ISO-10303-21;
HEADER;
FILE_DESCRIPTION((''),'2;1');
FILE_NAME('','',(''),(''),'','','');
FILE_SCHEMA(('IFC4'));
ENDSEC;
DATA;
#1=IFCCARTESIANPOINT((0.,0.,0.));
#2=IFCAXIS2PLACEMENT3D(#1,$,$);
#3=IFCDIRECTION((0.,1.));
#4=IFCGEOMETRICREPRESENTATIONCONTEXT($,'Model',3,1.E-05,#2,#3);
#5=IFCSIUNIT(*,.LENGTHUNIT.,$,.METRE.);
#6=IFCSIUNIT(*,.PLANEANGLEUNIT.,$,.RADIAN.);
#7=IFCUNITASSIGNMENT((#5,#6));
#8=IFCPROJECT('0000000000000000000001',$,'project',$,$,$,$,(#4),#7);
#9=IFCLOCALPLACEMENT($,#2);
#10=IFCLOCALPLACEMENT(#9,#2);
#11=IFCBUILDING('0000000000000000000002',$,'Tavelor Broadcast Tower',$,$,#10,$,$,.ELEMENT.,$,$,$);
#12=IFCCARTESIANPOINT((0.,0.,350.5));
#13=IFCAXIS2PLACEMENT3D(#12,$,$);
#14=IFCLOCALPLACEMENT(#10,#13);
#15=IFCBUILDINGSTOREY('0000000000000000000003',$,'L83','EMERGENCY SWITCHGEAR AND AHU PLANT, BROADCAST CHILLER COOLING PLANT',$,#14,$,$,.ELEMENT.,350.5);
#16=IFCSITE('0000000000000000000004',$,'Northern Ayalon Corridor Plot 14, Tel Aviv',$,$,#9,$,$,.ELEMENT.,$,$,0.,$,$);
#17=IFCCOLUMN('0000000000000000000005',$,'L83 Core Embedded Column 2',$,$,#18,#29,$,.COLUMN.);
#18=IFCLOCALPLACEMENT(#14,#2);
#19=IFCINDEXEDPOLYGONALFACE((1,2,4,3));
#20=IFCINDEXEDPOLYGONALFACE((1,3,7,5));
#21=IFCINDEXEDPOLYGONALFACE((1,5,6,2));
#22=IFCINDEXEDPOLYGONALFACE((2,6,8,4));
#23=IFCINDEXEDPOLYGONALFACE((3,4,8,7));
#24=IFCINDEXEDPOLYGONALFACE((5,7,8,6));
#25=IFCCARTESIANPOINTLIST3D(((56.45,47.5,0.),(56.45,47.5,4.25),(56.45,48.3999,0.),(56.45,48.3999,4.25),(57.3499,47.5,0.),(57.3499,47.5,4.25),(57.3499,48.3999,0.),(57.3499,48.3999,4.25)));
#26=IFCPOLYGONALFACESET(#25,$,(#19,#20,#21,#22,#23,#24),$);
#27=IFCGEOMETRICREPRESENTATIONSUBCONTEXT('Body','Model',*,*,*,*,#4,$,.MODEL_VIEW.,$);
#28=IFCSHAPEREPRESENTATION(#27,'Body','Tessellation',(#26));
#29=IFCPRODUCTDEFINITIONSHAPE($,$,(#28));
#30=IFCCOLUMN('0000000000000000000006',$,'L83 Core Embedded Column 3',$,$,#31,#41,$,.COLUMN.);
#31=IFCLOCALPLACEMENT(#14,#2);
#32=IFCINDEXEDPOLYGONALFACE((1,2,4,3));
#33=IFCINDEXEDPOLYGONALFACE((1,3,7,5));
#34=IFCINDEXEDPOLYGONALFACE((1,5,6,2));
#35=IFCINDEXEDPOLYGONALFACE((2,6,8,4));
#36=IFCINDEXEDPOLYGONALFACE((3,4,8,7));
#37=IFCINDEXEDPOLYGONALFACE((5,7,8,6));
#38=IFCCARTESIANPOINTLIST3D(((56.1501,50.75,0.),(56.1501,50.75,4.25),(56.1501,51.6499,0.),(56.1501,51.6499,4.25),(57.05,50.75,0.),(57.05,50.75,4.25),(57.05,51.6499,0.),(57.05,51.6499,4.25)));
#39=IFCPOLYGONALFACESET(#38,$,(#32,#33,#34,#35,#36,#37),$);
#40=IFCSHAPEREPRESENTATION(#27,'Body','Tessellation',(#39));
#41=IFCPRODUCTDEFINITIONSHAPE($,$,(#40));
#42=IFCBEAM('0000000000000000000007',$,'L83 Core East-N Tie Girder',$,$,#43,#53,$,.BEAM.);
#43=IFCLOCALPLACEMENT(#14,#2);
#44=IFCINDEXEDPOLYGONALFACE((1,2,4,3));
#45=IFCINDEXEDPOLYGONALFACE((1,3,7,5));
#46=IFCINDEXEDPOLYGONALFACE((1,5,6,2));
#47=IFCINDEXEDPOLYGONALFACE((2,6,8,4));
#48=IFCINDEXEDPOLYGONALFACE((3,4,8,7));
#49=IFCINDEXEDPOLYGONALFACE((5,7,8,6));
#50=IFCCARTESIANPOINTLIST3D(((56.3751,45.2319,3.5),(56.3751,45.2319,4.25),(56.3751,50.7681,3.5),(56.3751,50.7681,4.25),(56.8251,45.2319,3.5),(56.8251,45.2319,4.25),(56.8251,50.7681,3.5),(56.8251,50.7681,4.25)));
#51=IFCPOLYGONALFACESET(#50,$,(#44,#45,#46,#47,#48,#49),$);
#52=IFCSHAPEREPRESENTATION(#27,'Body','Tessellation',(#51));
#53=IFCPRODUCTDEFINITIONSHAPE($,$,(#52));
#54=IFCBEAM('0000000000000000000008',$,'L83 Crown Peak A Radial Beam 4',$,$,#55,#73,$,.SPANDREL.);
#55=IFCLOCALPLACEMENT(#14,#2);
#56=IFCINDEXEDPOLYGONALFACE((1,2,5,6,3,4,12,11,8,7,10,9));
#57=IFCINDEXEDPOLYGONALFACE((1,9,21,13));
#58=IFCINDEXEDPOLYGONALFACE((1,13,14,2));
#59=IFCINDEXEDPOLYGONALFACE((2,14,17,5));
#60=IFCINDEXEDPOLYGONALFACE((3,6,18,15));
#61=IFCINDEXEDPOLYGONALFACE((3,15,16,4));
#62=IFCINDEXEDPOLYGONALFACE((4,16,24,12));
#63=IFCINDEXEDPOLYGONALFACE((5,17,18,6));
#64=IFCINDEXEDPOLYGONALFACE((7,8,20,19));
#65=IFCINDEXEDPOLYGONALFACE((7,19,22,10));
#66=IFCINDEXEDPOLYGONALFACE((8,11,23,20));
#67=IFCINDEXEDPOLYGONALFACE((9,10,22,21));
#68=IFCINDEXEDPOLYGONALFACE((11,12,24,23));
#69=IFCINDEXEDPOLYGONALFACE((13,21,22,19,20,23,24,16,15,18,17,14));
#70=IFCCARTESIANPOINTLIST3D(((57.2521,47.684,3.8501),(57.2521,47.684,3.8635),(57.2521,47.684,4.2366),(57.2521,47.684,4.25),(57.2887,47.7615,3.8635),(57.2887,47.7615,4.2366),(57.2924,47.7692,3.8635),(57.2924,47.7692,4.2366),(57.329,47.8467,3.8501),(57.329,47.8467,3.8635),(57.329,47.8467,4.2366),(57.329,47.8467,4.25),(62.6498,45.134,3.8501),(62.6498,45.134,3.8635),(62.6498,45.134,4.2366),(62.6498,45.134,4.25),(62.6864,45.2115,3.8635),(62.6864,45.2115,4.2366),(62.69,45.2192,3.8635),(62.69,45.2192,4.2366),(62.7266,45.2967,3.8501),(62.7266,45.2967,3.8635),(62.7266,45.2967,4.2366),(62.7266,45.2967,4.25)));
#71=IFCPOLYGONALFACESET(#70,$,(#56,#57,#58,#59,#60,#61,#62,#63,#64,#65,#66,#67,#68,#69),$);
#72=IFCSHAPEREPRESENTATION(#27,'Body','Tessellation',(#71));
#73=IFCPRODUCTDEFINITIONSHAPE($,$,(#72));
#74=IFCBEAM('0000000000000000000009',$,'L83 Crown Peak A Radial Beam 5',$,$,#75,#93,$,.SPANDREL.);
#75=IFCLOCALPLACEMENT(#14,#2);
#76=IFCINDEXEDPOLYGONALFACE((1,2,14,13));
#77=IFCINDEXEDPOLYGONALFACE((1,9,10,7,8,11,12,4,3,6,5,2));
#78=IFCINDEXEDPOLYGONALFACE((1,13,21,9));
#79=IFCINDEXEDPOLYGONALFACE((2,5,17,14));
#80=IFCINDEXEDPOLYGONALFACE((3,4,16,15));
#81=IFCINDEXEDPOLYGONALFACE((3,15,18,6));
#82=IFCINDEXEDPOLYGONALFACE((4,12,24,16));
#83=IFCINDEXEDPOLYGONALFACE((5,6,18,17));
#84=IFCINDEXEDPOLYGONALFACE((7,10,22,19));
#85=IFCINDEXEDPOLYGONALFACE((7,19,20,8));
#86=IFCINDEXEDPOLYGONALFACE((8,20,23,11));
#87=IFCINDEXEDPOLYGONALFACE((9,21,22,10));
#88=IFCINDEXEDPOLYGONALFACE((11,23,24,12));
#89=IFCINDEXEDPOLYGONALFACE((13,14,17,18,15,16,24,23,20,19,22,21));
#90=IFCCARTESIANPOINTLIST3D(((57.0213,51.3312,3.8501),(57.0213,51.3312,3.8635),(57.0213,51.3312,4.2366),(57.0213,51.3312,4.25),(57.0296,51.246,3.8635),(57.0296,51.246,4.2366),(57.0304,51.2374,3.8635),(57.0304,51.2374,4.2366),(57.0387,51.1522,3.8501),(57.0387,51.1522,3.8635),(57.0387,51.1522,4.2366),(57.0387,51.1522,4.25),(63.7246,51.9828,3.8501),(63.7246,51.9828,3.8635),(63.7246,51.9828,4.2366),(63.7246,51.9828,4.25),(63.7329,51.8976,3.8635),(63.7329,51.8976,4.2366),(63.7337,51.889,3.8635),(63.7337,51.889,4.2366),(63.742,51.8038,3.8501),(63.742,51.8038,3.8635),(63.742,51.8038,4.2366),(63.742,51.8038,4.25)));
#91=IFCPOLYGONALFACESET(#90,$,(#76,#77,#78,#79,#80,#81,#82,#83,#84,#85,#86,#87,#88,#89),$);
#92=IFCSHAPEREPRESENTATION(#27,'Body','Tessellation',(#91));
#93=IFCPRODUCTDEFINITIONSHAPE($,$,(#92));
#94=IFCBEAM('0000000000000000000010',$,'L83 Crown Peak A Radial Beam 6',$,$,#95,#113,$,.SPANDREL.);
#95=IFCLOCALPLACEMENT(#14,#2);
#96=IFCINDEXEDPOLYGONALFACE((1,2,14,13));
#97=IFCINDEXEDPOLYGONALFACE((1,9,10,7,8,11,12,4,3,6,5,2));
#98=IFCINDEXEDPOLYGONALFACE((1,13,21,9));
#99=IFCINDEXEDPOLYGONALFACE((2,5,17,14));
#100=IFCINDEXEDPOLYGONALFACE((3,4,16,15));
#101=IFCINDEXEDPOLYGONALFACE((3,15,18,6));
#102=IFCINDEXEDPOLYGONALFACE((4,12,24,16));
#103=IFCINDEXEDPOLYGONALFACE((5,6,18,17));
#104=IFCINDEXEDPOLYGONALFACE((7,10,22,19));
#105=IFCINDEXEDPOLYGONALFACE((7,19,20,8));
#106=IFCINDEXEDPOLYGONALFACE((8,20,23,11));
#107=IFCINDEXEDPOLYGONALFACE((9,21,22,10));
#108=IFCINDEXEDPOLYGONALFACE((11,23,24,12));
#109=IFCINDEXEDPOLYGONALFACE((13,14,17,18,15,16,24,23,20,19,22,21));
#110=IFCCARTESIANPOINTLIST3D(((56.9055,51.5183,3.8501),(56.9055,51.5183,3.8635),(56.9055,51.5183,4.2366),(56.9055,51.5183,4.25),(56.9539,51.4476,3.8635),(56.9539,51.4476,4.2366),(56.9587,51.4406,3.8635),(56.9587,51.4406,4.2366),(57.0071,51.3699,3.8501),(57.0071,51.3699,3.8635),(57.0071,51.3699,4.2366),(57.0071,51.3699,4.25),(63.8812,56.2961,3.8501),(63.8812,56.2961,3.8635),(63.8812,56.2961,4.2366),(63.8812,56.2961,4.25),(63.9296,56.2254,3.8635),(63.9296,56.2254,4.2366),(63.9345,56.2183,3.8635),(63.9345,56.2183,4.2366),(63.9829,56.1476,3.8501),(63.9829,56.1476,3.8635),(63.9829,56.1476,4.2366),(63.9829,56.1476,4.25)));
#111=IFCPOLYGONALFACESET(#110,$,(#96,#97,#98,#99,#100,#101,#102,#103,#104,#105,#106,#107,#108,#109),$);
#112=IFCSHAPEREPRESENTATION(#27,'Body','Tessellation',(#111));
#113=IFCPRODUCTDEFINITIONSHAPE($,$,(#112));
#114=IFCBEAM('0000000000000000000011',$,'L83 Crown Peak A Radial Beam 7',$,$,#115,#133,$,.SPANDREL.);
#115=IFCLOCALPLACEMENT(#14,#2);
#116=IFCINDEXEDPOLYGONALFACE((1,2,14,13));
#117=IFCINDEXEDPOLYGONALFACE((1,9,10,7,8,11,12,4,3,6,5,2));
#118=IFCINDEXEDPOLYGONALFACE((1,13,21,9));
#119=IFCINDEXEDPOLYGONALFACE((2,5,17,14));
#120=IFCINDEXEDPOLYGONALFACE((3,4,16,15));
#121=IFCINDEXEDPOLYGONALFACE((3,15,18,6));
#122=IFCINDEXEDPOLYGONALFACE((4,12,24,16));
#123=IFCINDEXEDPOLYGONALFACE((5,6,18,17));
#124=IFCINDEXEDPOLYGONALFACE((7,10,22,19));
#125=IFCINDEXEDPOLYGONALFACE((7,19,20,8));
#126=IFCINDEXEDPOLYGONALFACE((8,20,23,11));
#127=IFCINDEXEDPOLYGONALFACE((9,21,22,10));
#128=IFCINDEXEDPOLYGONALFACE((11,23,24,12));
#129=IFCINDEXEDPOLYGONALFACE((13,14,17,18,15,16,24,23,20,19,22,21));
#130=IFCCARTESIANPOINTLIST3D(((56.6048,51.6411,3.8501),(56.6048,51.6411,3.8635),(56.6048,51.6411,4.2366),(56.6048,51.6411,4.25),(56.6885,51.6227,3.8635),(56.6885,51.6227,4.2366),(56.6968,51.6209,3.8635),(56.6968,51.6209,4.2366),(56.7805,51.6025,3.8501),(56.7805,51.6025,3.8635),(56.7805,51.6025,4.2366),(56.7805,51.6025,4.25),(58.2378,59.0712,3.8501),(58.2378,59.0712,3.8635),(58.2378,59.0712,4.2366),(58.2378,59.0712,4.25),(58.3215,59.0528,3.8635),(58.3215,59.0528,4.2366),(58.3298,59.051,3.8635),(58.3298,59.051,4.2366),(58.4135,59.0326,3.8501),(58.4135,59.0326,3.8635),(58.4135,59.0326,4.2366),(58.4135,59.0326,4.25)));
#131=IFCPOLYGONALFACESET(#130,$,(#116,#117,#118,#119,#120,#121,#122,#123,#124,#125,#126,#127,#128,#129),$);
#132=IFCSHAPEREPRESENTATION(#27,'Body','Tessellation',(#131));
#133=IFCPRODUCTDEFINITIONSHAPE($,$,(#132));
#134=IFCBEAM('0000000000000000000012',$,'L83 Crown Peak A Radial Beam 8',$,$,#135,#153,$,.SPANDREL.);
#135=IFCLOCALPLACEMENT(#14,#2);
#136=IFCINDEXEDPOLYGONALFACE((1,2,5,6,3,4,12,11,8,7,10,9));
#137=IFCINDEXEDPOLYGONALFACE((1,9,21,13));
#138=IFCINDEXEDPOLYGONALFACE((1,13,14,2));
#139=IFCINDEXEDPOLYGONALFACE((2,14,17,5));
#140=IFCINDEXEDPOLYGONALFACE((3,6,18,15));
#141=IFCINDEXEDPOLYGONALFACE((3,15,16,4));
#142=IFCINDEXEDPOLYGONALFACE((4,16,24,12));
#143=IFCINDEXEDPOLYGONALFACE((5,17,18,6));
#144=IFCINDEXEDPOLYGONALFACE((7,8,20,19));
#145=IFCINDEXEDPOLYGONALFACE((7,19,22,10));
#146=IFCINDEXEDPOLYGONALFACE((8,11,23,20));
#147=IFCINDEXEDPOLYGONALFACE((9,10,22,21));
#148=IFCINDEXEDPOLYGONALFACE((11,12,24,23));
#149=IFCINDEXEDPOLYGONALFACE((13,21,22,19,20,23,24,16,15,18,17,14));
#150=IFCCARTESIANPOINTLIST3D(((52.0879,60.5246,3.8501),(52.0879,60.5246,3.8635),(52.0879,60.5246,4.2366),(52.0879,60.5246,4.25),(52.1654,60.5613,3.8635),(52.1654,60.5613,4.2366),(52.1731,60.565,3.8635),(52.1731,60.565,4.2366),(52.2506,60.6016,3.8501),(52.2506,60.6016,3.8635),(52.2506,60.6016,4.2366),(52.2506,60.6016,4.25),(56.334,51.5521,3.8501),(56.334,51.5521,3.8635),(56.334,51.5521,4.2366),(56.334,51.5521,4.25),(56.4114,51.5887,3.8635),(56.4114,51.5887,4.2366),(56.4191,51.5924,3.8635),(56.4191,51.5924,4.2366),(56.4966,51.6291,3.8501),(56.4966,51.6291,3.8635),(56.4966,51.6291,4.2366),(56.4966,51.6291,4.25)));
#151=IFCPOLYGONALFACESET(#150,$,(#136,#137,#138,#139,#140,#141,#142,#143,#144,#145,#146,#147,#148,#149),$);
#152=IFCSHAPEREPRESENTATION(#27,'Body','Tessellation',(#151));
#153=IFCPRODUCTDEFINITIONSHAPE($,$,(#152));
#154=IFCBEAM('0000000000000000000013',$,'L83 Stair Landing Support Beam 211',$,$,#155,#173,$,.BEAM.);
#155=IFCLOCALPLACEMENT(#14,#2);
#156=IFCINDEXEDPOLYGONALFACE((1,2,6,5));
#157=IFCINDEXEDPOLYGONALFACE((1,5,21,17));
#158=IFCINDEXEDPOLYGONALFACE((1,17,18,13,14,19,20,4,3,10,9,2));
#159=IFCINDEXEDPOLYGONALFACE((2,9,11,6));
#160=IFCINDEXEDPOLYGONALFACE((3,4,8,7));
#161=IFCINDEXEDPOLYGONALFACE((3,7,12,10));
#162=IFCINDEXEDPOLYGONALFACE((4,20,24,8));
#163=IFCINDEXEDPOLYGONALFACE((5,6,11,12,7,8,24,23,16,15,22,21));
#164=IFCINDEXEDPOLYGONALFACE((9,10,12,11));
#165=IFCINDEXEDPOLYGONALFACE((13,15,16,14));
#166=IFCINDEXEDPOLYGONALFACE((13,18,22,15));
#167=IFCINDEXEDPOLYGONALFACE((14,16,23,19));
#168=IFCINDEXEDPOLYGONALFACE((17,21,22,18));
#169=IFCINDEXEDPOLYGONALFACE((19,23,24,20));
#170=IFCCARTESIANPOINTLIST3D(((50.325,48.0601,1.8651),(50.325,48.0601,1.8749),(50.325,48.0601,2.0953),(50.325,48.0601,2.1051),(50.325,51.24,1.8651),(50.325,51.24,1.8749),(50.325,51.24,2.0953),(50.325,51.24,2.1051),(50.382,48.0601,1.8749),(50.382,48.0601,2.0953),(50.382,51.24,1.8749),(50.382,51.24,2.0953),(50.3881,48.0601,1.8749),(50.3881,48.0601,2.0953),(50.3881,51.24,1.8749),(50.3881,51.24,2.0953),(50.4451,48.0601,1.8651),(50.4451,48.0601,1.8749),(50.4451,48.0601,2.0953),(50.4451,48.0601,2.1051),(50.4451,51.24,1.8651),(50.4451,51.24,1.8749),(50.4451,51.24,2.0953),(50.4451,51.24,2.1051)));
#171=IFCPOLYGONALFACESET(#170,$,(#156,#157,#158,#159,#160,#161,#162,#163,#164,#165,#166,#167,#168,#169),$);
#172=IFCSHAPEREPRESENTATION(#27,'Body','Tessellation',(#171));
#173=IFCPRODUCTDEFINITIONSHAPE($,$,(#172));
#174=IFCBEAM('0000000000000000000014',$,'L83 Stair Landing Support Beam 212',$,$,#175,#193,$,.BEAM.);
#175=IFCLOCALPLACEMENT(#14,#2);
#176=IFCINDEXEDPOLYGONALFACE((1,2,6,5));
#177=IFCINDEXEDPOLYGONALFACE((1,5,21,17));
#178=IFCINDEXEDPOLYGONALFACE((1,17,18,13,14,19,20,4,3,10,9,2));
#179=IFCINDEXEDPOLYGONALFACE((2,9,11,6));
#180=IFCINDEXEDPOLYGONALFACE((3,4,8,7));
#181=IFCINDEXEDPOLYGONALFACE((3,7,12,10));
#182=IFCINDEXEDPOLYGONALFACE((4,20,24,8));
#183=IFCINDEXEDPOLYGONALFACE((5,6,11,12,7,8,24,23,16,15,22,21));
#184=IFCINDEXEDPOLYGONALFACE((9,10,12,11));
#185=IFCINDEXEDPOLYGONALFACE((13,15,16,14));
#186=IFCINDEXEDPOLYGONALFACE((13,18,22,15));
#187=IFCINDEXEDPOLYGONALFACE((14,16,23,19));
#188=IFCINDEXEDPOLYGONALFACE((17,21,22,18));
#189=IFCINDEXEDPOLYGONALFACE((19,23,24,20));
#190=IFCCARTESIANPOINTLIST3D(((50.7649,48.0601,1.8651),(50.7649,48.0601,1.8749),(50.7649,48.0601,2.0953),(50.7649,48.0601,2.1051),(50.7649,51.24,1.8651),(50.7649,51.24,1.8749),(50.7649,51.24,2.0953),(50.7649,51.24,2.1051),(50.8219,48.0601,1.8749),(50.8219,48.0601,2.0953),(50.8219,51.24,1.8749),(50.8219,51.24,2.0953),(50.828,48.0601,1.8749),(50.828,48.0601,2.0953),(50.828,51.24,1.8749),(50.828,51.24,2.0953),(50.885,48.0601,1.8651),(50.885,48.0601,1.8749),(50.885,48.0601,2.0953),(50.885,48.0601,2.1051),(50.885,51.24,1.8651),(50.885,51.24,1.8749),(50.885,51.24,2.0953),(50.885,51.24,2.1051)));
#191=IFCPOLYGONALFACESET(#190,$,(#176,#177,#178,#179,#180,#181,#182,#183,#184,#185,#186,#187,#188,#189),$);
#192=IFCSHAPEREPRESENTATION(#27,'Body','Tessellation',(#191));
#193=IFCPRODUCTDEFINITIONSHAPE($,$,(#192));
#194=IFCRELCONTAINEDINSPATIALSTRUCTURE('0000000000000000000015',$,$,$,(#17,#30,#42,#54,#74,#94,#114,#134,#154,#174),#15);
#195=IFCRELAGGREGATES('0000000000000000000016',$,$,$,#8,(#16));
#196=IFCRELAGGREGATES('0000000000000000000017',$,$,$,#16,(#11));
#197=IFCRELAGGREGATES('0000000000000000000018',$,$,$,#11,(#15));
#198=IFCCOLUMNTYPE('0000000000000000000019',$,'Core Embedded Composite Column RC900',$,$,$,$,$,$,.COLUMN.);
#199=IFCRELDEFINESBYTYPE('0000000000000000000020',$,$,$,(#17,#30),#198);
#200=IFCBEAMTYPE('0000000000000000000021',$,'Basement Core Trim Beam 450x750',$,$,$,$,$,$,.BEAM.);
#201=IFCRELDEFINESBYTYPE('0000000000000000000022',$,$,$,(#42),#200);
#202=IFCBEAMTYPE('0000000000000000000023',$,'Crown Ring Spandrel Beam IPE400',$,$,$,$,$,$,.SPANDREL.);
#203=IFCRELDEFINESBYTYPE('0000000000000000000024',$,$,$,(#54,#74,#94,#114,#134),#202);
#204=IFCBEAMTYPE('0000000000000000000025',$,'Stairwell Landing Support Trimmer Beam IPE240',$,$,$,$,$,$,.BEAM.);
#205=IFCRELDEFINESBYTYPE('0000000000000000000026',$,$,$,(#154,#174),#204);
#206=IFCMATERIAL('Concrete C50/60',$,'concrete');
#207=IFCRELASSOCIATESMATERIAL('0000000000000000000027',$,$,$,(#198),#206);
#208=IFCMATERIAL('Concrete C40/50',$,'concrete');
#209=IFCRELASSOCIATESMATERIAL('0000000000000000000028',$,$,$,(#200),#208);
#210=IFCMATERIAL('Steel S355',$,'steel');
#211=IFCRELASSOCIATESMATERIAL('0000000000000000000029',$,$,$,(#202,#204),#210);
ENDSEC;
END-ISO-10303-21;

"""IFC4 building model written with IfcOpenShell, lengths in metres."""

from ifc_helpers import new_model, si_unit, direction, frame, origin, origin_2d, place, context, subcontext, project, spatial, rectangle, i_section, extrude, material, material_profile, profile_set, type_object, element, save


model = new_model("IFC4")

# Units and contexts
model_context = context("Model", 3, precision=1e-05, world=origin(), true_north=direction((0.0, 1.0)))
body_context = subcontext(model_context, "Body", "Model", "MODEL_VIEW")
ifc_project = project(units=[si_unit("LENGTHUNIT", "METRE"), si_unit("PLANEANGLEUNIT", "RADIAN")], contexts=[model_context])

# Site, building, storey
site_placement = place(None, origin())
site = spatial("IfcSite", under=ifc_project, at=site_placement, Name="Northern Ayalon Corridor Plot 14, Tel Aviv", CompositionType="ELEMENT", RefElevation=0.0)
building_placement = place(site_placement, origin())
building = spatial("IfcBuilding", under=site, at=building_placement, Name="Tavelor Broadcast Tower", CompositionType="ELEMENT")
storey_placement = place(building_placement, frame((0.0, 0.0, 350.5)))
storey = spatial("IfcBuildingStorey", under=building, at=storey_placement, Name="L83", Description="EMERGENCY SWITCHGEAR AND AHU PLANT, BROADCAST CHILLER COOLING PLANT", CompositionType="ELEMENT", Elevation=350.5)

# Columns
ifc_material_1 = material(Name="Concrete C50/60", Category="concrete")
ifc_material_profile_1 = material_profile(ifc_material_1, rectangle(XDim=0.8999, YDim=0.8999, at=origin_2d()), Name="RC 900x900")
ifc_profile_set_1 = profile_set([ifc_material_profile_1], Name="Concrete C50/60")
column_type = type_object("IfcColumnType", Name="Core Embedded Composite Column RC900", PredefinedType="COLUMN", material=ifc_profile_set_1)
for number, where, z_axis, x_axis, name in (
    (1, (56.8999, 47.95, 0.0), (0.0, 0.0, 1.0), (1.0, 0.0, 0.0), "L83 Core Embedded Column 2"),
    (2, (56.6001, 51.2, 0.0), (0.0, 0.0, 1.0), (1.0, 0.0, 0.0), "L83 Core Embedded Column 3"),
):
    element("IfcColumn", number, at=place(storey_placement, frame(where, z_axis=z_axis, x_axis=x_axis)), inside=storey, type_object=column_type, Name=name, PredefinedType="COLUMN", context=body_context, shape_type="SweptSolid", body=[
        extrude(rectangle(XDim=0.8999, YDim=0.8999, at=origin_2d()), origin(), (0.0, 0.0, 1.0), 4.25),
    ])

# Beams
ifc_material_2 = material(Name="Concrete C40/50", Category="concrete")
ifc_material_profile_2 = material_profile(ifc_material_2, rectangle(XDim=0.45, YDim=0.75, at=origin_2d()), Name="RC 450x750")
ifc_profile_set_2 = profile_set([ifc_material_profile_2], Name="Concrete C40/50")
beam_type_1 = type_object("IfcBeamType", Name="Basement Core Trim Beam 450x750", PredefinedType="BEAM", material=ifc_profile_set_2)
beam_1_placement = place(storey_placement, frame((56.6001, 45.2319, 3.875), z_axis=(0.0, 1.0, 0.0), x_axis=(-1.0, 0.0, 0.0)))
element("IfcBeam", 3, at=beam_1_placement, inside=storey, type_object=beam_type_1, Name="L83 Core East-N Tie Girder", PredefinedType="BEAM", context=body_context, shape_type="SweptSolid", body=[
    extrude(rectangle(XDim=0.45, YDim=0.75, at=origin_2d()), origin(), (0.0, 0.0, 1.0), 5.5361),
])
ifc_material_3 = material(Name="Steel S355", Category="steel")
ifc_material_profile_3 = material_profile(ifc_material_3, i_section(OverallWidth=0.1799, OverallDepth=0.3999, WebThickness=0.0085, FlangeThickness=0.0134, at=origin_2d()), Name="IPE 400")
ifc_profile_set_3 = profile_set([ifc_material_profile_3], Name="Steel S355")
beam_type_2 = type_object("IfcBeamType", Name="Crown Ring Spandrel Beam IPE400", PredefinedType="SPANDREL", material=ifc_profile_set_3)
beam_2_placement = place(storey_placement, frame((57.2905, 47.7654, 4.05), z_axis=(0.904175, -0.427161, 0.0), x_axis=(0.427161, 0.904175, 0.0)))
element("IfcBeam", 4, at=beam_2_placement, inside=storey, type_object=beam_type_2, Name="L83 Crown Peak A Radial Beam 4", PredefinedType="SPANDREL", context=body_context, shape_type="SweptSolid", body=[
    extrude(i_section(OverallWidth=0.1799, OverallDepth=0.3999, WebThickness=0.0085, FlangeThickness=0.0134, at=origin_2d()), origin(), (0.0, 0.0, 1.0), 5.9697),
])
beam_3_placement = place(storey_placement, frame((57.03, 51.2417, 4.05), z_axis=(0.995309, 0.096751, 0.0), x_axis=(-0.096751, 0.995309, 0.0)))
element("IfcBeam", 5, at=beam_3_placement, inside=storey, type_object=beam_type_2, Name="L83 Crown Peak A Radial Beam 5", PredefinedType="SPANDREL", context=body_context, shape_type="SweptSolid", body=[
    extrude(i_section(OverallWidth=0.1799, OverallDepth=0.3999, WebThickness=0.0085, FlangeThickness=0.0134, at=origin_2d()), origin(), (0.0, 0.0, 1.0), 6.7349),
])
beam_4_placement = place(storey_placement, frame((56.9563, 51.4441, 4.05), z_axis=(0.825037, 0.565078, 0.0), x_axis=(-0.565078, 0.825037, 0.0)))
element("IfcBeam", 6, at=beam_4_placement, inside=storey, type_object=beam_type_2, Name="L83 Crown Peak A Radial Beam 6", PredefinedType="SPANDREL", context=body_context, shape_type="SweptSolid", body=[
    extrude(i_section(OverallWidth=0.1799, OverallDepth=0.3999, WebThickness=0.0085, FlangeThickness=0.0134, at=origin_2d()), origin(), (0.0, 0.0, 1.0), 8.4551),
])
beam_5_placement = place(storey_placement, frame((56.6926, 51.6218, 4.05), z_axis=(0.214663, 0.976688, 0.0), x_axis=(-0.976688, 0.214663, 0.0)))
element("IfcBeam", 7, at=beam_5_placement, inside=storey, type_object=beam_type_2, Name="L83 Crown Peak A Radial Beam 7", PredefinedType="SPANDREL", context=body_context, shape_type="SweptSolid", body=[
    extrude(i_section(OverallWidth=0.1799, OverallDepth=0.3999, WebThickness=0.0085, FlangeThickness=0.0134, at=origin_2d()), origin(), (0.0, 0.0, 1.0), 7.6074),
])
beam_6_placement = place(storey_placement, frame((56.4153, 51.5906, 4.05), z_axis=(-0.427748, 0.903898, 0.0), x_axis=(-0.903898, -0.427748, 0.0)))
element("IfcBeam", 8, at=beam_6_placement, inside=storey, type_object=beam_type_2, Name="L83 Crown Peak A Radial Beam 8", PredefinedType="SPANDREL", context=body_context, shape_type="SweptSolid", body=[
    extrude(i_section(OverallWidth=0.1799, OverallDepth=0.3999, WebThickness=0.0085, FlangeThickness=0.0134, at=origin_2d()), origin(), (0.0, 0.0, 1.0), 9.9265),
])
ifc_material_profile_4 = material_profile(ifc_material_3, i_section(OverallWidth=0.1201, OverallDepth=0.24, WebThickness=0.0061, FlangeThickness=0.0098, at=origin_2d()), Name="IPE 240")
ifc_profile_set_4 = profile_set([ifc_material_profile_4], Name="Steel S355")
beam_type_3 = type_object("IfcBeamType", Name="Stairwell Landing Support Trimmer Beam IPE240", PredefinedType="BEAM", material=ifc_profile_set_4)
for number, where, z_axis, x_axis, name in (
    (9, (50.385, 48.0601, 1.9851), (0.0, 1.0, 0.0), (-1.0, 0.0, 0.0), "L83 Stair Landing Support Beam 211"),
    (10, (50.825, 48.0601, 1.9851), (0.0, 1.0, 0.0), (-1.0, 0.0, 0.0), "L83 Stair Landing Support Beam 212"),
):
    element("IfcBeam", number, at=place(storey_placement, frame(where, z_axis=z_axis, x_axis=x_axis)), inside=storey, type_object=beam_type_3, Name=name, PredefinedType="BEAM", context=body_context, shape_type="SweptSolid", body=[
        extrude(i_section(OverallWidth=0.1201, OverallDepth=0.24, WebThickness=0.0061, FlangeThickness=0.0098, at=origin_2d()), origin(), (0.0, 0.0, 1.0), 3.1799),
    ])

save(model, "model.ifc")
